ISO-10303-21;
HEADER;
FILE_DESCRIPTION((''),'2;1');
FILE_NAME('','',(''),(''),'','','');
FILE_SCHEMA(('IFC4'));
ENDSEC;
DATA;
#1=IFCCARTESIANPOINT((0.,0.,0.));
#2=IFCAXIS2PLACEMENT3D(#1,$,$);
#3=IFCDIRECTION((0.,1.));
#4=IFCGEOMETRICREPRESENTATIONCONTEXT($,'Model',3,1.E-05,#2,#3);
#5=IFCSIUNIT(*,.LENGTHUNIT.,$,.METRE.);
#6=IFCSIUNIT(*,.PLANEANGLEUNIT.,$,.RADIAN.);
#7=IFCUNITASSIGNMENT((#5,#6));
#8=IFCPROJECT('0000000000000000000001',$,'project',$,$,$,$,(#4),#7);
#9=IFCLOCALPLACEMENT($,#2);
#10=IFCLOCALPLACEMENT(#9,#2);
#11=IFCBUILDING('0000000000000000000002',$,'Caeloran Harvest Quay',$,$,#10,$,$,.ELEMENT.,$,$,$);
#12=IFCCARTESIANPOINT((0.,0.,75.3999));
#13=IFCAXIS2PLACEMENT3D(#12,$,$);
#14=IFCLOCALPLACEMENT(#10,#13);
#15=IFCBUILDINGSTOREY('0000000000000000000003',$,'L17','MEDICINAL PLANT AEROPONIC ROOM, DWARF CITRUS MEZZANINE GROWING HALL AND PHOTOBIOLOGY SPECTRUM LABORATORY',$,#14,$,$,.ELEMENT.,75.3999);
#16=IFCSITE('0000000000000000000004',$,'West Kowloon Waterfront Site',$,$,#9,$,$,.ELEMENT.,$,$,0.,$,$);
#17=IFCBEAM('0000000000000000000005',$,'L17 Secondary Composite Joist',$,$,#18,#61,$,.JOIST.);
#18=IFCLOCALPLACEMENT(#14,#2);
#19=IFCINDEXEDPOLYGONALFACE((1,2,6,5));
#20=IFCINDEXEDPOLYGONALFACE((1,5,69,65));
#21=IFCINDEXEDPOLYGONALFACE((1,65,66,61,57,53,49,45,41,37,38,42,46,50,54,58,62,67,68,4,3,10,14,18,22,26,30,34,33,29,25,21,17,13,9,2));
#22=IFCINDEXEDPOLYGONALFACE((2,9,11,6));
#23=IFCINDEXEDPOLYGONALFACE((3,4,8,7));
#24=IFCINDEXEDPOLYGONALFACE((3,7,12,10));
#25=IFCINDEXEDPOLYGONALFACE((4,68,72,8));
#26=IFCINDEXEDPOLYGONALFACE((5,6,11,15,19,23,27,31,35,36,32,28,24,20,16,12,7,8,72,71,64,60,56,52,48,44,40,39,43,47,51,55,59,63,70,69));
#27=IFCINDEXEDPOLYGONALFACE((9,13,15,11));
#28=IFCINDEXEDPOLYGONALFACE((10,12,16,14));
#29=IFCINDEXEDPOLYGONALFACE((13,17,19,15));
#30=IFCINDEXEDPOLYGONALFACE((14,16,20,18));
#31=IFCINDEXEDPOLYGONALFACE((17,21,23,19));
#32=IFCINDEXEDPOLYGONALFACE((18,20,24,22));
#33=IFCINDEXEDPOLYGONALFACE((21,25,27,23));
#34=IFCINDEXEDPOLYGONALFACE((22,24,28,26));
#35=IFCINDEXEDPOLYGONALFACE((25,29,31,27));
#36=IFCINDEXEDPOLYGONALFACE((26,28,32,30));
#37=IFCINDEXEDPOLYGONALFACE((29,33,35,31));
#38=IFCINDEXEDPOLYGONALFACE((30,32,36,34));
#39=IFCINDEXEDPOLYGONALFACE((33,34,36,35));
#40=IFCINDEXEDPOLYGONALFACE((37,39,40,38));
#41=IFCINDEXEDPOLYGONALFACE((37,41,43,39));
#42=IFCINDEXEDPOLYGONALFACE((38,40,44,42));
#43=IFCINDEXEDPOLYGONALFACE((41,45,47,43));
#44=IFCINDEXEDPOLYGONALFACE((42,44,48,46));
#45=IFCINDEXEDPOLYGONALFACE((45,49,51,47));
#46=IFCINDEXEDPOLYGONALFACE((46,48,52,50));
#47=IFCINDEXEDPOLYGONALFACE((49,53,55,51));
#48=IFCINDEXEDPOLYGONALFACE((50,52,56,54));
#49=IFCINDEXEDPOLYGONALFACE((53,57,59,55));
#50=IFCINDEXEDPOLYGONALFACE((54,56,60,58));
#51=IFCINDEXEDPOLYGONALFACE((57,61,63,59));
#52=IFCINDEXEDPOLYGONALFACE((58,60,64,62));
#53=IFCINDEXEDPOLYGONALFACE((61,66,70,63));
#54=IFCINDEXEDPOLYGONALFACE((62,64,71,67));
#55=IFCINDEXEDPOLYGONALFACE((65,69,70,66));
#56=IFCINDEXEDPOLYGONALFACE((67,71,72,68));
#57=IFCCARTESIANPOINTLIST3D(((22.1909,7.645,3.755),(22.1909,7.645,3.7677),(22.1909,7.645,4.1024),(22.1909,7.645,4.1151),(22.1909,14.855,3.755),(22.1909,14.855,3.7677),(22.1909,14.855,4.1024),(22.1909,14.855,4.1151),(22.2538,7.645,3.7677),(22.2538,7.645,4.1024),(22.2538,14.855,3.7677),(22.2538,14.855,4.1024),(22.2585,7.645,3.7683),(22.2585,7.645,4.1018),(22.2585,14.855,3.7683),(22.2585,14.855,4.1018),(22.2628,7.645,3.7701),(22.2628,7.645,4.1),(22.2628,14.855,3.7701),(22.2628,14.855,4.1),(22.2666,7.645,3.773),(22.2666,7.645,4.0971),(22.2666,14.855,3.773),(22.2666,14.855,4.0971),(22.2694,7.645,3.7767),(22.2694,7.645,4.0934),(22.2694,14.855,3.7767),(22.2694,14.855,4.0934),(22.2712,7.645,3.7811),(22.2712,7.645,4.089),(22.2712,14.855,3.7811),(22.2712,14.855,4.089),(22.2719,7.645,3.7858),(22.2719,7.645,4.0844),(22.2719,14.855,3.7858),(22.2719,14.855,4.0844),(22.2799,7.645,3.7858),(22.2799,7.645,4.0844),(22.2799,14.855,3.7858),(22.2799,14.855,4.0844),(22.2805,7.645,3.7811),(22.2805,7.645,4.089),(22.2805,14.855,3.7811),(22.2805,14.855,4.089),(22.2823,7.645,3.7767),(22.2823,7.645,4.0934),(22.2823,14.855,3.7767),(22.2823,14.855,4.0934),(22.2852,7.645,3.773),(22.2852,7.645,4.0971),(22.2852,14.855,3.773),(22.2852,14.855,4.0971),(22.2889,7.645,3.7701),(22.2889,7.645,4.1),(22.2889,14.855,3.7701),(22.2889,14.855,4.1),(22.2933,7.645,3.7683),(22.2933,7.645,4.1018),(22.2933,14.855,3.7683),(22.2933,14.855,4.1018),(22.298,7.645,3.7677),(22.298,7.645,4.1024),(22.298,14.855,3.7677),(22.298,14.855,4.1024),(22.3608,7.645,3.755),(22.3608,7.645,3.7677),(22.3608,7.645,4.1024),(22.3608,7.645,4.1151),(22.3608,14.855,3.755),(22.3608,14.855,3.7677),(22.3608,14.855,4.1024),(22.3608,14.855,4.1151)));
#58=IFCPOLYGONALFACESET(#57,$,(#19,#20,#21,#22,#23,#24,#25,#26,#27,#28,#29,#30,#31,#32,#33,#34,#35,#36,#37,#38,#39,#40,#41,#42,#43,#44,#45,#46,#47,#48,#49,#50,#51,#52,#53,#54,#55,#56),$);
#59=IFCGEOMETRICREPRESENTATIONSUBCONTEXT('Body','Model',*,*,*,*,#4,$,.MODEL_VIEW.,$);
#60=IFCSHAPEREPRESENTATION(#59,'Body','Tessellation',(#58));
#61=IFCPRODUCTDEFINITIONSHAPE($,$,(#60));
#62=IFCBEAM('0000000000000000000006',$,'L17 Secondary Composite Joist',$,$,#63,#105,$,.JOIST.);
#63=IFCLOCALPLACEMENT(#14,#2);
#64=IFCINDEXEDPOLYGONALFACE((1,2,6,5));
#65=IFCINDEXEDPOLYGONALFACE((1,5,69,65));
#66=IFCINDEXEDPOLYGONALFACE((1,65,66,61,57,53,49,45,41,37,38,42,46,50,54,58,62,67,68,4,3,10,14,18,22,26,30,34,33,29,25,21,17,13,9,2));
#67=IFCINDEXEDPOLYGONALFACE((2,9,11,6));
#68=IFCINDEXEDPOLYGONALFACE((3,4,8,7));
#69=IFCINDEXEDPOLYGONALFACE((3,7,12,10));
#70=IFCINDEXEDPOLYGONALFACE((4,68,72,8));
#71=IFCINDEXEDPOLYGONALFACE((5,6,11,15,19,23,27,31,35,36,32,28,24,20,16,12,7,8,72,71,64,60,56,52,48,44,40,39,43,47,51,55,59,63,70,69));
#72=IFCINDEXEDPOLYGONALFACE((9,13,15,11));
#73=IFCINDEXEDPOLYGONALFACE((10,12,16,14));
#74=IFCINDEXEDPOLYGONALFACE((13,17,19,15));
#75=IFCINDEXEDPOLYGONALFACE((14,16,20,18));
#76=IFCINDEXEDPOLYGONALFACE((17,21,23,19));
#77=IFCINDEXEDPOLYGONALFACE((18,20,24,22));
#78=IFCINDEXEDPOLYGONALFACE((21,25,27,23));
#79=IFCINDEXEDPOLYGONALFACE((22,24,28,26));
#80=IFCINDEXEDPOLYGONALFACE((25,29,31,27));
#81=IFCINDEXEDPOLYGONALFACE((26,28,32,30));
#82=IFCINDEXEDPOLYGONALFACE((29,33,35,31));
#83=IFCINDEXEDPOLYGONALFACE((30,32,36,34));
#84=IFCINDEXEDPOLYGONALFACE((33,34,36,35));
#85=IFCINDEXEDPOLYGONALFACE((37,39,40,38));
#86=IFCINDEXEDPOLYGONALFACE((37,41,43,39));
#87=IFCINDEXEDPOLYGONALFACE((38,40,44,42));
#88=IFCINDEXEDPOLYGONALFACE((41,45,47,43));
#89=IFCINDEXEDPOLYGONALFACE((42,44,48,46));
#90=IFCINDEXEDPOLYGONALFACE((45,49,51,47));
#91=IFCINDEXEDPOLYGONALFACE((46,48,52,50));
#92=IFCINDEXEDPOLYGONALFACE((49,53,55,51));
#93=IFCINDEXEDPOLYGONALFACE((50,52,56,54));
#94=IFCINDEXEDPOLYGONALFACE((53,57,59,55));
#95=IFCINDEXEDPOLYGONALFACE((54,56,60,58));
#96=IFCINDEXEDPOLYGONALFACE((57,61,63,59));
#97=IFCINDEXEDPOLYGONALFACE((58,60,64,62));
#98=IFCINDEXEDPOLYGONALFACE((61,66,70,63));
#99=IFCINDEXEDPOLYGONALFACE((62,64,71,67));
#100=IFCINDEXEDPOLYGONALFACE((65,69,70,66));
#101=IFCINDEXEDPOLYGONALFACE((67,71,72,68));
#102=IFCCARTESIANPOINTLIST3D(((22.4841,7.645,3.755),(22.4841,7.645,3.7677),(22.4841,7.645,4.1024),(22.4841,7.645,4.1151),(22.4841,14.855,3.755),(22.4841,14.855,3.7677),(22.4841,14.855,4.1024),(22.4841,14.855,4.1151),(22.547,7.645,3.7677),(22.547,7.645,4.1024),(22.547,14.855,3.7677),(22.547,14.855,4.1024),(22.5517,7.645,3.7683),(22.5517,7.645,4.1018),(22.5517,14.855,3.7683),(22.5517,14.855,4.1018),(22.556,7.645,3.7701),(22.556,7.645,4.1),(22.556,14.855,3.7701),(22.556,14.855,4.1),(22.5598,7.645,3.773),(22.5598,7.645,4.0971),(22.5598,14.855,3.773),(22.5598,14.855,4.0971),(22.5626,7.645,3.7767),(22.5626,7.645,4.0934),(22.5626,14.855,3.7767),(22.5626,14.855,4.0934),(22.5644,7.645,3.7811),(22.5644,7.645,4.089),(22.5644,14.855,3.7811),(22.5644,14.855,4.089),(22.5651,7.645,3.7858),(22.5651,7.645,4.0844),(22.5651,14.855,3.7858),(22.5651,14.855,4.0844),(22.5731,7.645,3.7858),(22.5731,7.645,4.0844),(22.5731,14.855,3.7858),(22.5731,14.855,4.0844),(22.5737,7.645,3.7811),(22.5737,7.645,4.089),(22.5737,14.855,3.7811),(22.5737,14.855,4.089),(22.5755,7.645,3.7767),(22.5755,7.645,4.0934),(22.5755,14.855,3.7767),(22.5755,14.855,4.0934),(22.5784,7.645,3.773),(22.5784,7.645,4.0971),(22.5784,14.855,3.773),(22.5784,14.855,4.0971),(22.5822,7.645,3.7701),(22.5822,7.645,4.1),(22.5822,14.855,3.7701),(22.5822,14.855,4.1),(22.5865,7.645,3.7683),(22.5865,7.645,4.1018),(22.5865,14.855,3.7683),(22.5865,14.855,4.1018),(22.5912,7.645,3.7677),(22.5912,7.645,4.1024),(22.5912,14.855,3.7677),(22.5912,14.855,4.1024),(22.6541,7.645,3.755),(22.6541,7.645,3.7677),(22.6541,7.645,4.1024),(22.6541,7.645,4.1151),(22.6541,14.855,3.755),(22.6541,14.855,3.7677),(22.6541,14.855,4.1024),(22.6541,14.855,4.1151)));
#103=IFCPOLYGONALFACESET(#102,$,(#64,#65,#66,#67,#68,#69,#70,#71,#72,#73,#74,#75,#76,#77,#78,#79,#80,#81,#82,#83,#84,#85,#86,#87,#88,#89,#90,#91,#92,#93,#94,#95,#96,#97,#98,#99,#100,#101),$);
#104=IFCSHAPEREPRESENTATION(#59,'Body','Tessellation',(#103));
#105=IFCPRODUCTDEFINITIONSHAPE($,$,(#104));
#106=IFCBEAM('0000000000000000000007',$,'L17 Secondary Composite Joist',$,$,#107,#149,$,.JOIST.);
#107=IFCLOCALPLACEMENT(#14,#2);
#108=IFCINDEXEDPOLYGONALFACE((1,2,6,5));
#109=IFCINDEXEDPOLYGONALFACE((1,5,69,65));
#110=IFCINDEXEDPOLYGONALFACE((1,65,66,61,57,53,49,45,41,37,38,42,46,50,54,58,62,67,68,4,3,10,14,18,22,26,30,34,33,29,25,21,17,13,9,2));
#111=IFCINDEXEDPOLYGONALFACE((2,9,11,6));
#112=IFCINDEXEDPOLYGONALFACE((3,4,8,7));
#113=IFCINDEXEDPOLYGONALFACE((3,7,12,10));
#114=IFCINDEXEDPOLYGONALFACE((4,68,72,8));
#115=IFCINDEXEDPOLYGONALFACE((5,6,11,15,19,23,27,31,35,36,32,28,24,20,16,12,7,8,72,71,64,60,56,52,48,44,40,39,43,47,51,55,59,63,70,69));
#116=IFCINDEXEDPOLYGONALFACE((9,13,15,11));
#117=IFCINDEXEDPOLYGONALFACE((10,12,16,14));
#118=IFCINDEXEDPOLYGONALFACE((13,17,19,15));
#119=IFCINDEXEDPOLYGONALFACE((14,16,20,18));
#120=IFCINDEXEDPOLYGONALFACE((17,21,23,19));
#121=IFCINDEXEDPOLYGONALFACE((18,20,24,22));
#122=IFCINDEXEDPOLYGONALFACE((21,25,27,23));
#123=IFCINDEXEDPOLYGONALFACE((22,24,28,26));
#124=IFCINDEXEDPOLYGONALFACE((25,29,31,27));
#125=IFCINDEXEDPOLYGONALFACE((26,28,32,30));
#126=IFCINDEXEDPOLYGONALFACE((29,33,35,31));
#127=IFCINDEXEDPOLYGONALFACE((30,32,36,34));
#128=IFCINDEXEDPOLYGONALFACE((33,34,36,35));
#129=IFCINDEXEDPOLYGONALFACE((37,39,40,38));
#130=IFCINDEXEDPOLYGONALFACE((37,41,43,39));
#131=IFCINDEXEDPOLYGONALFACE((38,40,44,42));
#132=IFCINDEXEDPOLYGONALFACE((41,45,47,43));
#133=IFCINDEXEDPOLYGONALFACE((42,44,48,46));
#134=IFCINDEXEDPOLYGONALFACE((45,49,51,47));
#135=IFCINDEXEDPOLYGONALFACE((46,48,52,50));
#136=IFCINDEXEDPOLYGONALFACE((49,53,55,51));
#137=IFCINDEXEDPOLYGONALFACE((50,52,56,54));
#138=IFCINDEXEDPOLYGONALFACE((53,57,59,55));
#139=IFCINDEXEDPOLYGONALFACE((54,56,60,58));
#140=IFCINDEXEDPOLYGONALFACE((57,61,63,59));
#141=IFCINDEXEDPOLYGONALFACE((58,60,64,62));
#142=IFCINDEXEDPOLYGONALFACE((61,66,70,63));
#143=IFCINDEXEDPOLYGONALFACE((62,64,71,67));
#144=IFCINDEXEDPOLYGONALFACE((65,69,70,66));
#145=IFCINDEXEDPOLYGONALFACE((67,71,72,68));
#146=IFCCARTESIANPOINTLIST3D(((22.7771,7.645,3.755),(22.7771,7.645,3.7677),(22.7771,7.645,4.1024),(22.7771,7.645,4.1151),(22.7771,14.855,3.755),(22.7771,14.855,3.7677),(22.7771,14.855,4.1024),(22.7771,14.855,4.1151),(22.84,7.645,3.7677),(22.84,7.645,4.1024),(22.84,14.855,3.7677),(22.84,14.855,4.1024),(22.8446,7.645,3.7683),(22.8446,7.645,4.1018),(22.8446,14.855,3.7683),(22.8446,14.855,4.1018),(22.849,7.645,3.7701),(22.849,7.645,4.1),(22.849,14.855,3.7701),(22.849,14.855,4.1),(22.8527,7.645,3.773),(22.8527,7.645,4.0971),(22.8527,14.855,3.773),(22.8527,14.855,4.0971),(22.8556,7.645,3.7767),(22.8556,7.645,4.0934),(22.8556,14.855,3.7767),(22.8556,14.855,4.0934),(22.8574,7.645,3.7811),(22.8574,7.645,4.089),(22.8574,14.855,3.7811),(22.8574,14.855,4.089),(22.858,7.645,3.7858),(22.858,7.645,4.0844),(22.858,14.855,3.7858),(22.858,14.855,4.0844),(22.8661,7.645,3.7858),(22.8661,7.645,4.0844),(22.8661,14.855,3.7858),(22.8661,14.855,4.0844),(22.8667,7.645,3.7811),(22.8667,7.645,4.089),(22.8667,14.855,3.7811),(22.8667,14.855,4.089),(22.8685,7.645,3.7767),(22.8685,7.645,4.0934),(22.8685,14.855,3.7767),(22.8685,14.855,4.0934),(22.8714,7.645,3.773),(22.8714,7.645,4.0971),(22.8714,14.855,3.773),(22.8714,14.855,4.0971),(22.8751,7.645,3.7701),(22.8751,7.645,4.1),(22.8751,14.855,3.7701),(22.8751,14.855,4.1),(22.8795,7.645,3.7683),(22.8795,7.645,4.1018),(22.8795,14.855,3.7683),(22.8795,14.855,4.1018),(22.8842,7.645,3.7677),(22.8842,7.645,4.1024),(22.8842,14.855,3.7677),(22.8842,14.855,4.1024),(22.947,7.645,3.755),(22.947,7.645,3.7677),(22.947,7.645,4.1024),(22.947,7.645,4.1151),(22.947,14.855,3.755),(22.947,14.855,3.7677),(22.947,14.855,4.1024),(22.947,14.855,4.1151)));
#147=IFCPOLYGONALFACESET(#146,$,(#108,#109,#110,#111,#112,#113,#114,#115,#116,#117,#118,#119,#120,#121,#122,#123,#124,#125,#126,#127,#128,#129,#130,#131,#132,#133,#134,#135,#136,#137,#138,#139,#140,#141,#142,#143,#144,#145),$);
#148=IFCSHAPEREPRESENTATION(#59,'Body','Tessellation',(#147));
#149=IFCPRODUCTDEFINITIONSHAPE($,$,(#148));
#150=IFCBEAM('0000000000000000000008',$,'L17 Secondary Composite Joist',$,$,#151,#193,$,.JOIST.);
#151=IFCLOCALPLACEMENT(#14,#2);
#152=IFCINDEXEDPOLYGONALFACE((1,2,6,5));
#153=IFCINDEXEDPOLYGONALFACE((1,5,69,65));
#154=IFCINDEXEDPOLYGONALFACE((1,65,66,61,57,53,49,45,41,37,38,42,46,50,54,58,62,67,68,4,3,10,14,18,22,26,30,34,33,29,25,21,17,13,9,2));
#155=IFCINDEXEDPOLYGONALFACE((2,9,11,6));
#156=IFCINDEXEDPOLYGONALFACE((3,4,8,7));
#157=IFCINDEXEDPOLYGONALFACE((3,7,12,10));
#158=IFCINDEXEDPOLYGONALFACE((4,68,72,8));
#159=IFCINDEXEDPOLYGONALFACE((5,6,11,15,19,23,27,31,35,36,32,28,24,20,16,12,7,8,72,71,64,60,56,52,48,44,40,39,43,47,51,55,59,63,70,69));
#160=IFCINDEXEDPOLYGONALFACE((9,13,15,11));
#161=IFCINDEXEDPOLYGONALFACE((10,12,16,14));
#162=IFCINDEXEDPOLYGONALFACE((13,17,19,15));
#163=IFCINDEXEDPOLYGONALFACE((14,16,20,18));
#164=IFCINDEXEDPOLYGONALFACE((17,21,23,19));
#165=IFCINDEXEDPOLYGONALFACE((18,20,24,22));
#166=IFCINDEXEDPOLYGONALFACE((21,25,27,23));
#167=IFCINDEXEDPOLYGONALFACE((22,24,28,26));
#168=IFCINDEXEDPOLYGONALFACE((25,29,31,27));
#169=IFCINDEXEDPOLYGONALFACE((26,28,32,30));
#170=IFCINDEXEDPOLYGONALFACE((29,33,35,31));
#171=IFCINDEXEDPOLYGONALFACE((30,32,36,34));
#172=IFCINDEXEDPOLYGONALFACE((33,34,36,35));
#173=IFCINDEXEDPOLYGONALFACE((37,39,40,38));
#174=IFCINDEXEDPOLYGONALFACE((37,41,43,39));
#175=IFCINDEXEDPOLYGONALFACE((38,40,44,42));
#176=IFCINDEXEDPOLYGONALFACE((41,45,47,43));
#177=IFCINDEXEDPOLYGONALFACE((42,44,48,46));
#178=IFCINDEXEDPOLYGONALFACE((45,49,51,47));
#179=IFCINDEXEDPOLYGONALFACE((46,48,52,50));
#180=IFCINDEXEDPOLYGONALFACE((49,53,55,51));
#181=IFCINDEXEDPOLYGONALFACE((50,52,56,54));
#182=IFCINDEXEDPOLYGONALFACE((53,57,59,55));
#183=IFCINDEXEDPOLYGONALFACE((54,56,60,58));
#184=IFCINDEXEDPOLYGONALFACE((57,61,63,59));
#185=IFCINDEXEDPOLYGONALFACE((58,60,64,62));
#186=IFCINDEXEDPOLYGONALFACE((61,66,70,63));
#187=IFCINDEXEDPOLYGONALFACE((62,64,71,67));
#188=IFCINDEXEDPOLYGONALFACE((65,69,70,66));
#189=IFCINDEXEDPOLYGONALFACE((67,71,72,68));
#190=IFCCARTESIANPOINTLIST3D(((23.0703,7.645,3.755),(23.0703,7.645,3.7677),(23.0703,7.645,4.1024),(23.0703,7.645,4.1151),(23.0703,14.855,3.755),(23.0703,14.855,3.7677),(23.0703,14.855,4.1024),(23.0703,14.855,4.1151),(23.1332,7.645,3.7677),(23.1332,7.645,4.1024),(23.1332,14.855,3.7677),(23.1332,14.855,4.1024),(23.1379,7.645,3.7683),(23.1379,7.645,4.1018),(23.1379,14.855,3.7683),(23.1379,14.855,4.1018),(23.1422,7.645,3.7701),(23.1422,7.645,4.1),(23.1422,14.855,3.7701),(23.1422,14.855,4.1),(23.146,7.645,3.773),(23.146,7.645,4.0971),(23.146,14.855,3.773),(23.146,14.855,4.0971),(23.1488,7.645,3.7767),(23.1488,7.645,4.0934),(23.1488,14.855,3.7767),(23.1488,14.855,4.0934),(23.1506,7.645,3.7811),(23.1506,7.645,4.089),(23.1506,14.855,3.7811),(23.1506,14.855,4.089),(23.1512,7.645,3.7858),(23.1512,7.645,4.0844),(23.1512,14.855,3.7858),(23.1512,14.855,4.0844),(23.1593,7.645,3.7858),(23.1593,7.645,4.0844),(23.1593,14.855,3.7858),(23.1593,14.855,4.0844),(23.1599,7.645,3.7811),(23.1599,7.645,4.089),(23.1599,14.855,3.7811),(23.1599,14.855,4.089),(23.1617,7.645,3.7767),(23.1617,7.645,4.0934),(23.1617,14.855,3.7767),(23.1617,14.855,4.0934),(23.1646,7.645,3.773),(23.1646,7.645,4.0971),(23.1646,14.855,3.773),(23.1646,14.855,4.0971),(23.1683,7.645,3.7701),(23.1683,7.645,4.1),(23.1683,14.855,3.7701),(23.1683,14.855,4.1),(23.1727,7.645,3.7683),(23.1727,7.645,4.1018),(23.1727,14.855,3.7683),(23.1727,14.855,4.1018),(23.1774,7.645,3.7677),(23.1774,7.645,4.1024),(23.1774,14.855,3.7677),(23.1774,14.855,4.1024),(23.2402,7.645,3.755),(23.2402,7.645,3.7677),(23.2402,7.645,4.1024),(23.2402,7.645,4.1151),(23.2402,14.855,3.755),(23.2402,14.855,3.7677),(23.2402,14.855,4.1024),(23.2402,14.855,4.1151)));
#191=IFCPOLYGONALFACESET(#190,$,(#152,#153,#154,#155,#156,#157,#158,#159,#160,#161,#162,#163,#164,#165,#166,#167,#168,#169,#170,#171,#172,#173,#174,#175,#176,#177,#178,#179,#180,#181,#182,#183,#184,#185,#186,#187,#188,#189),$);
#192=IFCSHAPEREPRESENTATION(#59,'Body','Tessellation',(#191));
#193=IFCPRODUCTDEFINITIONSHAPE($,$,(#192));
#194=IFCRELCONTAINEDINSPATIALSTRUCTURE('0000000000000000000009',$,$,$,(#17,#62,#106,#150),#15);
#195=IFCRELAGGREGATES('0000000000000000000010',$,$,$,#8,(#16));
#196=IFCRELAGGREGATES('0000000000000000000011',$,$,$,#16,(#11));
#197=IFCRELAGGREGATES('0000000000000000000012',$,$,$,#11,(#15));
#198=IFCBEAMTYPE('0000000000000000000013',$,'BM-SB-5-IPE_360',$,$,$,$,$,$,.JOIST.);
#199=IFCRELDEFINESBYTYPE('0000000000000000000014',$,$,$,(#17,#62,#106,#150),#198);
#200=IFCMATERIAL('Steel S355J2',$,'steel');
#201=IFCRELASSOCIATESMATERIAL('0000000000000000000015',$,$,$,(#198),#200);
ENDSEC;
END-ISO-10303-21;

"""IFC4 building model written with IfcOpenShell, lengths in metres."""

from ifc_helpers import new_model, si_unit, direction, frame, origin, origin_2d, place, context, subcontext, project, spatial, i_section, extrude, material, material_profile, profile_set, type_object, element, save


model = new_model("IFC4")

# Units and contexts
model_context = context("Model", 3, precision=1e-05, world=origin(), true_north=direction((0.0, 1.0)))
body_context = subcontext(model_context, "Body", "Model", "MODEL_VIEW")
ifc_project = project(units=[si_unit("LENGTHUNIT", "METRE"), si_unit("PLANEANGLEUNIT", "RADIAN")], contexts=[model_context])

# Site, building, storey
site_placement = place(None, origin())
site = spatial("IfcSite", under=ifc_project, at=site_placement, Name="West Kowloon Waterfront Site", CompositionType="ELEMENT", RefElevation=0.0)
building_placement = place(site_placement, origin())
building = spatial("IfcBuilding", under=site, at=building_placement, Name="Caeloran Harvest Quay", CompositionType="ELEMENT")
storey_placement = place(building_placement, frame((0.0, 0.0, 75.3999)))
storey = spatial("IfcBuildingStorey", under=building, at=storey_placement, Name="L17", Description="MEDICINAL PLANT AEROPONIC ROOM, DWARF CITRUS MEZZANINE GROWING HALL AND PHOTOBIOLOGY SPECTRUM LABORATORY", CompositionType="ELEMENT", Elevation=75.3999)

# Beams
ifc_material_1 = material(Name="Steel S355J2", Category="steel")
ifc_material_profile_1 = material_profile(ifc_material_1, i_section(OverallWidth=0.1699, OverallDepth=0.3601, WebThickness=0.0081, FlangeThickness=0.0127, FilletRadius=0.0181, at=origin_2d()), Name="IPE 360")
ifc_profile_set_1 = profile_set([ifc_material_profile_1], Name="Steel S355J2")
beam_type_1 = type_object("IfcBeamType", Name="BM-SB-5-IPE_360", PredefinedType="JOIST", material=ifc_profile_set_1)
for number, where, z_axis, x_axis, name in (
    (1, (22.2759, 7.645, 3.9351), (0.0, 1.0, 0.0), (-1.0, 0.0, 0.0), "L17 Secondary Composite Joist"),
    (2, (22.5691, 7.645, 3.9351), (0.0, 1.0, 0.0), (-1.0, 0.0, 0.0), "L17 Secondary Composite Joist"),
    (3, (22.8621, 7.645, 3.9351), (0.0, 1.0, 0.0), (-1.0, 0.0, 0.0), "L17 Secondary Composite Joist"),
    (4, (23.1553, 7.645, 3.9351), (0.0, 1.0, 0.0), (-1.0, 0.0, 0.0), "L17 Secondary Composite Joist"),
):
    element("IfcBeam", number, at=place(storey_placement, frame(where, z_axis=z_axis, x_axis=x_axis)), inside=storey, type_object=beam_type_1, Name=name, PredefinedType="JOIST", context=body_context, shape_type="SweptSolid", body=[
        extrude(i_section(OverallWidth=0.1699, OverallDepth=0.3601, WebThickness=0.0081, FlangeThickness=0.0127, FilletRadius=0.0181, at=origin_2d()), origin(), (0.0, 0.0, 1.0), 7.21),
    ])

save(model, "model.ifc")
